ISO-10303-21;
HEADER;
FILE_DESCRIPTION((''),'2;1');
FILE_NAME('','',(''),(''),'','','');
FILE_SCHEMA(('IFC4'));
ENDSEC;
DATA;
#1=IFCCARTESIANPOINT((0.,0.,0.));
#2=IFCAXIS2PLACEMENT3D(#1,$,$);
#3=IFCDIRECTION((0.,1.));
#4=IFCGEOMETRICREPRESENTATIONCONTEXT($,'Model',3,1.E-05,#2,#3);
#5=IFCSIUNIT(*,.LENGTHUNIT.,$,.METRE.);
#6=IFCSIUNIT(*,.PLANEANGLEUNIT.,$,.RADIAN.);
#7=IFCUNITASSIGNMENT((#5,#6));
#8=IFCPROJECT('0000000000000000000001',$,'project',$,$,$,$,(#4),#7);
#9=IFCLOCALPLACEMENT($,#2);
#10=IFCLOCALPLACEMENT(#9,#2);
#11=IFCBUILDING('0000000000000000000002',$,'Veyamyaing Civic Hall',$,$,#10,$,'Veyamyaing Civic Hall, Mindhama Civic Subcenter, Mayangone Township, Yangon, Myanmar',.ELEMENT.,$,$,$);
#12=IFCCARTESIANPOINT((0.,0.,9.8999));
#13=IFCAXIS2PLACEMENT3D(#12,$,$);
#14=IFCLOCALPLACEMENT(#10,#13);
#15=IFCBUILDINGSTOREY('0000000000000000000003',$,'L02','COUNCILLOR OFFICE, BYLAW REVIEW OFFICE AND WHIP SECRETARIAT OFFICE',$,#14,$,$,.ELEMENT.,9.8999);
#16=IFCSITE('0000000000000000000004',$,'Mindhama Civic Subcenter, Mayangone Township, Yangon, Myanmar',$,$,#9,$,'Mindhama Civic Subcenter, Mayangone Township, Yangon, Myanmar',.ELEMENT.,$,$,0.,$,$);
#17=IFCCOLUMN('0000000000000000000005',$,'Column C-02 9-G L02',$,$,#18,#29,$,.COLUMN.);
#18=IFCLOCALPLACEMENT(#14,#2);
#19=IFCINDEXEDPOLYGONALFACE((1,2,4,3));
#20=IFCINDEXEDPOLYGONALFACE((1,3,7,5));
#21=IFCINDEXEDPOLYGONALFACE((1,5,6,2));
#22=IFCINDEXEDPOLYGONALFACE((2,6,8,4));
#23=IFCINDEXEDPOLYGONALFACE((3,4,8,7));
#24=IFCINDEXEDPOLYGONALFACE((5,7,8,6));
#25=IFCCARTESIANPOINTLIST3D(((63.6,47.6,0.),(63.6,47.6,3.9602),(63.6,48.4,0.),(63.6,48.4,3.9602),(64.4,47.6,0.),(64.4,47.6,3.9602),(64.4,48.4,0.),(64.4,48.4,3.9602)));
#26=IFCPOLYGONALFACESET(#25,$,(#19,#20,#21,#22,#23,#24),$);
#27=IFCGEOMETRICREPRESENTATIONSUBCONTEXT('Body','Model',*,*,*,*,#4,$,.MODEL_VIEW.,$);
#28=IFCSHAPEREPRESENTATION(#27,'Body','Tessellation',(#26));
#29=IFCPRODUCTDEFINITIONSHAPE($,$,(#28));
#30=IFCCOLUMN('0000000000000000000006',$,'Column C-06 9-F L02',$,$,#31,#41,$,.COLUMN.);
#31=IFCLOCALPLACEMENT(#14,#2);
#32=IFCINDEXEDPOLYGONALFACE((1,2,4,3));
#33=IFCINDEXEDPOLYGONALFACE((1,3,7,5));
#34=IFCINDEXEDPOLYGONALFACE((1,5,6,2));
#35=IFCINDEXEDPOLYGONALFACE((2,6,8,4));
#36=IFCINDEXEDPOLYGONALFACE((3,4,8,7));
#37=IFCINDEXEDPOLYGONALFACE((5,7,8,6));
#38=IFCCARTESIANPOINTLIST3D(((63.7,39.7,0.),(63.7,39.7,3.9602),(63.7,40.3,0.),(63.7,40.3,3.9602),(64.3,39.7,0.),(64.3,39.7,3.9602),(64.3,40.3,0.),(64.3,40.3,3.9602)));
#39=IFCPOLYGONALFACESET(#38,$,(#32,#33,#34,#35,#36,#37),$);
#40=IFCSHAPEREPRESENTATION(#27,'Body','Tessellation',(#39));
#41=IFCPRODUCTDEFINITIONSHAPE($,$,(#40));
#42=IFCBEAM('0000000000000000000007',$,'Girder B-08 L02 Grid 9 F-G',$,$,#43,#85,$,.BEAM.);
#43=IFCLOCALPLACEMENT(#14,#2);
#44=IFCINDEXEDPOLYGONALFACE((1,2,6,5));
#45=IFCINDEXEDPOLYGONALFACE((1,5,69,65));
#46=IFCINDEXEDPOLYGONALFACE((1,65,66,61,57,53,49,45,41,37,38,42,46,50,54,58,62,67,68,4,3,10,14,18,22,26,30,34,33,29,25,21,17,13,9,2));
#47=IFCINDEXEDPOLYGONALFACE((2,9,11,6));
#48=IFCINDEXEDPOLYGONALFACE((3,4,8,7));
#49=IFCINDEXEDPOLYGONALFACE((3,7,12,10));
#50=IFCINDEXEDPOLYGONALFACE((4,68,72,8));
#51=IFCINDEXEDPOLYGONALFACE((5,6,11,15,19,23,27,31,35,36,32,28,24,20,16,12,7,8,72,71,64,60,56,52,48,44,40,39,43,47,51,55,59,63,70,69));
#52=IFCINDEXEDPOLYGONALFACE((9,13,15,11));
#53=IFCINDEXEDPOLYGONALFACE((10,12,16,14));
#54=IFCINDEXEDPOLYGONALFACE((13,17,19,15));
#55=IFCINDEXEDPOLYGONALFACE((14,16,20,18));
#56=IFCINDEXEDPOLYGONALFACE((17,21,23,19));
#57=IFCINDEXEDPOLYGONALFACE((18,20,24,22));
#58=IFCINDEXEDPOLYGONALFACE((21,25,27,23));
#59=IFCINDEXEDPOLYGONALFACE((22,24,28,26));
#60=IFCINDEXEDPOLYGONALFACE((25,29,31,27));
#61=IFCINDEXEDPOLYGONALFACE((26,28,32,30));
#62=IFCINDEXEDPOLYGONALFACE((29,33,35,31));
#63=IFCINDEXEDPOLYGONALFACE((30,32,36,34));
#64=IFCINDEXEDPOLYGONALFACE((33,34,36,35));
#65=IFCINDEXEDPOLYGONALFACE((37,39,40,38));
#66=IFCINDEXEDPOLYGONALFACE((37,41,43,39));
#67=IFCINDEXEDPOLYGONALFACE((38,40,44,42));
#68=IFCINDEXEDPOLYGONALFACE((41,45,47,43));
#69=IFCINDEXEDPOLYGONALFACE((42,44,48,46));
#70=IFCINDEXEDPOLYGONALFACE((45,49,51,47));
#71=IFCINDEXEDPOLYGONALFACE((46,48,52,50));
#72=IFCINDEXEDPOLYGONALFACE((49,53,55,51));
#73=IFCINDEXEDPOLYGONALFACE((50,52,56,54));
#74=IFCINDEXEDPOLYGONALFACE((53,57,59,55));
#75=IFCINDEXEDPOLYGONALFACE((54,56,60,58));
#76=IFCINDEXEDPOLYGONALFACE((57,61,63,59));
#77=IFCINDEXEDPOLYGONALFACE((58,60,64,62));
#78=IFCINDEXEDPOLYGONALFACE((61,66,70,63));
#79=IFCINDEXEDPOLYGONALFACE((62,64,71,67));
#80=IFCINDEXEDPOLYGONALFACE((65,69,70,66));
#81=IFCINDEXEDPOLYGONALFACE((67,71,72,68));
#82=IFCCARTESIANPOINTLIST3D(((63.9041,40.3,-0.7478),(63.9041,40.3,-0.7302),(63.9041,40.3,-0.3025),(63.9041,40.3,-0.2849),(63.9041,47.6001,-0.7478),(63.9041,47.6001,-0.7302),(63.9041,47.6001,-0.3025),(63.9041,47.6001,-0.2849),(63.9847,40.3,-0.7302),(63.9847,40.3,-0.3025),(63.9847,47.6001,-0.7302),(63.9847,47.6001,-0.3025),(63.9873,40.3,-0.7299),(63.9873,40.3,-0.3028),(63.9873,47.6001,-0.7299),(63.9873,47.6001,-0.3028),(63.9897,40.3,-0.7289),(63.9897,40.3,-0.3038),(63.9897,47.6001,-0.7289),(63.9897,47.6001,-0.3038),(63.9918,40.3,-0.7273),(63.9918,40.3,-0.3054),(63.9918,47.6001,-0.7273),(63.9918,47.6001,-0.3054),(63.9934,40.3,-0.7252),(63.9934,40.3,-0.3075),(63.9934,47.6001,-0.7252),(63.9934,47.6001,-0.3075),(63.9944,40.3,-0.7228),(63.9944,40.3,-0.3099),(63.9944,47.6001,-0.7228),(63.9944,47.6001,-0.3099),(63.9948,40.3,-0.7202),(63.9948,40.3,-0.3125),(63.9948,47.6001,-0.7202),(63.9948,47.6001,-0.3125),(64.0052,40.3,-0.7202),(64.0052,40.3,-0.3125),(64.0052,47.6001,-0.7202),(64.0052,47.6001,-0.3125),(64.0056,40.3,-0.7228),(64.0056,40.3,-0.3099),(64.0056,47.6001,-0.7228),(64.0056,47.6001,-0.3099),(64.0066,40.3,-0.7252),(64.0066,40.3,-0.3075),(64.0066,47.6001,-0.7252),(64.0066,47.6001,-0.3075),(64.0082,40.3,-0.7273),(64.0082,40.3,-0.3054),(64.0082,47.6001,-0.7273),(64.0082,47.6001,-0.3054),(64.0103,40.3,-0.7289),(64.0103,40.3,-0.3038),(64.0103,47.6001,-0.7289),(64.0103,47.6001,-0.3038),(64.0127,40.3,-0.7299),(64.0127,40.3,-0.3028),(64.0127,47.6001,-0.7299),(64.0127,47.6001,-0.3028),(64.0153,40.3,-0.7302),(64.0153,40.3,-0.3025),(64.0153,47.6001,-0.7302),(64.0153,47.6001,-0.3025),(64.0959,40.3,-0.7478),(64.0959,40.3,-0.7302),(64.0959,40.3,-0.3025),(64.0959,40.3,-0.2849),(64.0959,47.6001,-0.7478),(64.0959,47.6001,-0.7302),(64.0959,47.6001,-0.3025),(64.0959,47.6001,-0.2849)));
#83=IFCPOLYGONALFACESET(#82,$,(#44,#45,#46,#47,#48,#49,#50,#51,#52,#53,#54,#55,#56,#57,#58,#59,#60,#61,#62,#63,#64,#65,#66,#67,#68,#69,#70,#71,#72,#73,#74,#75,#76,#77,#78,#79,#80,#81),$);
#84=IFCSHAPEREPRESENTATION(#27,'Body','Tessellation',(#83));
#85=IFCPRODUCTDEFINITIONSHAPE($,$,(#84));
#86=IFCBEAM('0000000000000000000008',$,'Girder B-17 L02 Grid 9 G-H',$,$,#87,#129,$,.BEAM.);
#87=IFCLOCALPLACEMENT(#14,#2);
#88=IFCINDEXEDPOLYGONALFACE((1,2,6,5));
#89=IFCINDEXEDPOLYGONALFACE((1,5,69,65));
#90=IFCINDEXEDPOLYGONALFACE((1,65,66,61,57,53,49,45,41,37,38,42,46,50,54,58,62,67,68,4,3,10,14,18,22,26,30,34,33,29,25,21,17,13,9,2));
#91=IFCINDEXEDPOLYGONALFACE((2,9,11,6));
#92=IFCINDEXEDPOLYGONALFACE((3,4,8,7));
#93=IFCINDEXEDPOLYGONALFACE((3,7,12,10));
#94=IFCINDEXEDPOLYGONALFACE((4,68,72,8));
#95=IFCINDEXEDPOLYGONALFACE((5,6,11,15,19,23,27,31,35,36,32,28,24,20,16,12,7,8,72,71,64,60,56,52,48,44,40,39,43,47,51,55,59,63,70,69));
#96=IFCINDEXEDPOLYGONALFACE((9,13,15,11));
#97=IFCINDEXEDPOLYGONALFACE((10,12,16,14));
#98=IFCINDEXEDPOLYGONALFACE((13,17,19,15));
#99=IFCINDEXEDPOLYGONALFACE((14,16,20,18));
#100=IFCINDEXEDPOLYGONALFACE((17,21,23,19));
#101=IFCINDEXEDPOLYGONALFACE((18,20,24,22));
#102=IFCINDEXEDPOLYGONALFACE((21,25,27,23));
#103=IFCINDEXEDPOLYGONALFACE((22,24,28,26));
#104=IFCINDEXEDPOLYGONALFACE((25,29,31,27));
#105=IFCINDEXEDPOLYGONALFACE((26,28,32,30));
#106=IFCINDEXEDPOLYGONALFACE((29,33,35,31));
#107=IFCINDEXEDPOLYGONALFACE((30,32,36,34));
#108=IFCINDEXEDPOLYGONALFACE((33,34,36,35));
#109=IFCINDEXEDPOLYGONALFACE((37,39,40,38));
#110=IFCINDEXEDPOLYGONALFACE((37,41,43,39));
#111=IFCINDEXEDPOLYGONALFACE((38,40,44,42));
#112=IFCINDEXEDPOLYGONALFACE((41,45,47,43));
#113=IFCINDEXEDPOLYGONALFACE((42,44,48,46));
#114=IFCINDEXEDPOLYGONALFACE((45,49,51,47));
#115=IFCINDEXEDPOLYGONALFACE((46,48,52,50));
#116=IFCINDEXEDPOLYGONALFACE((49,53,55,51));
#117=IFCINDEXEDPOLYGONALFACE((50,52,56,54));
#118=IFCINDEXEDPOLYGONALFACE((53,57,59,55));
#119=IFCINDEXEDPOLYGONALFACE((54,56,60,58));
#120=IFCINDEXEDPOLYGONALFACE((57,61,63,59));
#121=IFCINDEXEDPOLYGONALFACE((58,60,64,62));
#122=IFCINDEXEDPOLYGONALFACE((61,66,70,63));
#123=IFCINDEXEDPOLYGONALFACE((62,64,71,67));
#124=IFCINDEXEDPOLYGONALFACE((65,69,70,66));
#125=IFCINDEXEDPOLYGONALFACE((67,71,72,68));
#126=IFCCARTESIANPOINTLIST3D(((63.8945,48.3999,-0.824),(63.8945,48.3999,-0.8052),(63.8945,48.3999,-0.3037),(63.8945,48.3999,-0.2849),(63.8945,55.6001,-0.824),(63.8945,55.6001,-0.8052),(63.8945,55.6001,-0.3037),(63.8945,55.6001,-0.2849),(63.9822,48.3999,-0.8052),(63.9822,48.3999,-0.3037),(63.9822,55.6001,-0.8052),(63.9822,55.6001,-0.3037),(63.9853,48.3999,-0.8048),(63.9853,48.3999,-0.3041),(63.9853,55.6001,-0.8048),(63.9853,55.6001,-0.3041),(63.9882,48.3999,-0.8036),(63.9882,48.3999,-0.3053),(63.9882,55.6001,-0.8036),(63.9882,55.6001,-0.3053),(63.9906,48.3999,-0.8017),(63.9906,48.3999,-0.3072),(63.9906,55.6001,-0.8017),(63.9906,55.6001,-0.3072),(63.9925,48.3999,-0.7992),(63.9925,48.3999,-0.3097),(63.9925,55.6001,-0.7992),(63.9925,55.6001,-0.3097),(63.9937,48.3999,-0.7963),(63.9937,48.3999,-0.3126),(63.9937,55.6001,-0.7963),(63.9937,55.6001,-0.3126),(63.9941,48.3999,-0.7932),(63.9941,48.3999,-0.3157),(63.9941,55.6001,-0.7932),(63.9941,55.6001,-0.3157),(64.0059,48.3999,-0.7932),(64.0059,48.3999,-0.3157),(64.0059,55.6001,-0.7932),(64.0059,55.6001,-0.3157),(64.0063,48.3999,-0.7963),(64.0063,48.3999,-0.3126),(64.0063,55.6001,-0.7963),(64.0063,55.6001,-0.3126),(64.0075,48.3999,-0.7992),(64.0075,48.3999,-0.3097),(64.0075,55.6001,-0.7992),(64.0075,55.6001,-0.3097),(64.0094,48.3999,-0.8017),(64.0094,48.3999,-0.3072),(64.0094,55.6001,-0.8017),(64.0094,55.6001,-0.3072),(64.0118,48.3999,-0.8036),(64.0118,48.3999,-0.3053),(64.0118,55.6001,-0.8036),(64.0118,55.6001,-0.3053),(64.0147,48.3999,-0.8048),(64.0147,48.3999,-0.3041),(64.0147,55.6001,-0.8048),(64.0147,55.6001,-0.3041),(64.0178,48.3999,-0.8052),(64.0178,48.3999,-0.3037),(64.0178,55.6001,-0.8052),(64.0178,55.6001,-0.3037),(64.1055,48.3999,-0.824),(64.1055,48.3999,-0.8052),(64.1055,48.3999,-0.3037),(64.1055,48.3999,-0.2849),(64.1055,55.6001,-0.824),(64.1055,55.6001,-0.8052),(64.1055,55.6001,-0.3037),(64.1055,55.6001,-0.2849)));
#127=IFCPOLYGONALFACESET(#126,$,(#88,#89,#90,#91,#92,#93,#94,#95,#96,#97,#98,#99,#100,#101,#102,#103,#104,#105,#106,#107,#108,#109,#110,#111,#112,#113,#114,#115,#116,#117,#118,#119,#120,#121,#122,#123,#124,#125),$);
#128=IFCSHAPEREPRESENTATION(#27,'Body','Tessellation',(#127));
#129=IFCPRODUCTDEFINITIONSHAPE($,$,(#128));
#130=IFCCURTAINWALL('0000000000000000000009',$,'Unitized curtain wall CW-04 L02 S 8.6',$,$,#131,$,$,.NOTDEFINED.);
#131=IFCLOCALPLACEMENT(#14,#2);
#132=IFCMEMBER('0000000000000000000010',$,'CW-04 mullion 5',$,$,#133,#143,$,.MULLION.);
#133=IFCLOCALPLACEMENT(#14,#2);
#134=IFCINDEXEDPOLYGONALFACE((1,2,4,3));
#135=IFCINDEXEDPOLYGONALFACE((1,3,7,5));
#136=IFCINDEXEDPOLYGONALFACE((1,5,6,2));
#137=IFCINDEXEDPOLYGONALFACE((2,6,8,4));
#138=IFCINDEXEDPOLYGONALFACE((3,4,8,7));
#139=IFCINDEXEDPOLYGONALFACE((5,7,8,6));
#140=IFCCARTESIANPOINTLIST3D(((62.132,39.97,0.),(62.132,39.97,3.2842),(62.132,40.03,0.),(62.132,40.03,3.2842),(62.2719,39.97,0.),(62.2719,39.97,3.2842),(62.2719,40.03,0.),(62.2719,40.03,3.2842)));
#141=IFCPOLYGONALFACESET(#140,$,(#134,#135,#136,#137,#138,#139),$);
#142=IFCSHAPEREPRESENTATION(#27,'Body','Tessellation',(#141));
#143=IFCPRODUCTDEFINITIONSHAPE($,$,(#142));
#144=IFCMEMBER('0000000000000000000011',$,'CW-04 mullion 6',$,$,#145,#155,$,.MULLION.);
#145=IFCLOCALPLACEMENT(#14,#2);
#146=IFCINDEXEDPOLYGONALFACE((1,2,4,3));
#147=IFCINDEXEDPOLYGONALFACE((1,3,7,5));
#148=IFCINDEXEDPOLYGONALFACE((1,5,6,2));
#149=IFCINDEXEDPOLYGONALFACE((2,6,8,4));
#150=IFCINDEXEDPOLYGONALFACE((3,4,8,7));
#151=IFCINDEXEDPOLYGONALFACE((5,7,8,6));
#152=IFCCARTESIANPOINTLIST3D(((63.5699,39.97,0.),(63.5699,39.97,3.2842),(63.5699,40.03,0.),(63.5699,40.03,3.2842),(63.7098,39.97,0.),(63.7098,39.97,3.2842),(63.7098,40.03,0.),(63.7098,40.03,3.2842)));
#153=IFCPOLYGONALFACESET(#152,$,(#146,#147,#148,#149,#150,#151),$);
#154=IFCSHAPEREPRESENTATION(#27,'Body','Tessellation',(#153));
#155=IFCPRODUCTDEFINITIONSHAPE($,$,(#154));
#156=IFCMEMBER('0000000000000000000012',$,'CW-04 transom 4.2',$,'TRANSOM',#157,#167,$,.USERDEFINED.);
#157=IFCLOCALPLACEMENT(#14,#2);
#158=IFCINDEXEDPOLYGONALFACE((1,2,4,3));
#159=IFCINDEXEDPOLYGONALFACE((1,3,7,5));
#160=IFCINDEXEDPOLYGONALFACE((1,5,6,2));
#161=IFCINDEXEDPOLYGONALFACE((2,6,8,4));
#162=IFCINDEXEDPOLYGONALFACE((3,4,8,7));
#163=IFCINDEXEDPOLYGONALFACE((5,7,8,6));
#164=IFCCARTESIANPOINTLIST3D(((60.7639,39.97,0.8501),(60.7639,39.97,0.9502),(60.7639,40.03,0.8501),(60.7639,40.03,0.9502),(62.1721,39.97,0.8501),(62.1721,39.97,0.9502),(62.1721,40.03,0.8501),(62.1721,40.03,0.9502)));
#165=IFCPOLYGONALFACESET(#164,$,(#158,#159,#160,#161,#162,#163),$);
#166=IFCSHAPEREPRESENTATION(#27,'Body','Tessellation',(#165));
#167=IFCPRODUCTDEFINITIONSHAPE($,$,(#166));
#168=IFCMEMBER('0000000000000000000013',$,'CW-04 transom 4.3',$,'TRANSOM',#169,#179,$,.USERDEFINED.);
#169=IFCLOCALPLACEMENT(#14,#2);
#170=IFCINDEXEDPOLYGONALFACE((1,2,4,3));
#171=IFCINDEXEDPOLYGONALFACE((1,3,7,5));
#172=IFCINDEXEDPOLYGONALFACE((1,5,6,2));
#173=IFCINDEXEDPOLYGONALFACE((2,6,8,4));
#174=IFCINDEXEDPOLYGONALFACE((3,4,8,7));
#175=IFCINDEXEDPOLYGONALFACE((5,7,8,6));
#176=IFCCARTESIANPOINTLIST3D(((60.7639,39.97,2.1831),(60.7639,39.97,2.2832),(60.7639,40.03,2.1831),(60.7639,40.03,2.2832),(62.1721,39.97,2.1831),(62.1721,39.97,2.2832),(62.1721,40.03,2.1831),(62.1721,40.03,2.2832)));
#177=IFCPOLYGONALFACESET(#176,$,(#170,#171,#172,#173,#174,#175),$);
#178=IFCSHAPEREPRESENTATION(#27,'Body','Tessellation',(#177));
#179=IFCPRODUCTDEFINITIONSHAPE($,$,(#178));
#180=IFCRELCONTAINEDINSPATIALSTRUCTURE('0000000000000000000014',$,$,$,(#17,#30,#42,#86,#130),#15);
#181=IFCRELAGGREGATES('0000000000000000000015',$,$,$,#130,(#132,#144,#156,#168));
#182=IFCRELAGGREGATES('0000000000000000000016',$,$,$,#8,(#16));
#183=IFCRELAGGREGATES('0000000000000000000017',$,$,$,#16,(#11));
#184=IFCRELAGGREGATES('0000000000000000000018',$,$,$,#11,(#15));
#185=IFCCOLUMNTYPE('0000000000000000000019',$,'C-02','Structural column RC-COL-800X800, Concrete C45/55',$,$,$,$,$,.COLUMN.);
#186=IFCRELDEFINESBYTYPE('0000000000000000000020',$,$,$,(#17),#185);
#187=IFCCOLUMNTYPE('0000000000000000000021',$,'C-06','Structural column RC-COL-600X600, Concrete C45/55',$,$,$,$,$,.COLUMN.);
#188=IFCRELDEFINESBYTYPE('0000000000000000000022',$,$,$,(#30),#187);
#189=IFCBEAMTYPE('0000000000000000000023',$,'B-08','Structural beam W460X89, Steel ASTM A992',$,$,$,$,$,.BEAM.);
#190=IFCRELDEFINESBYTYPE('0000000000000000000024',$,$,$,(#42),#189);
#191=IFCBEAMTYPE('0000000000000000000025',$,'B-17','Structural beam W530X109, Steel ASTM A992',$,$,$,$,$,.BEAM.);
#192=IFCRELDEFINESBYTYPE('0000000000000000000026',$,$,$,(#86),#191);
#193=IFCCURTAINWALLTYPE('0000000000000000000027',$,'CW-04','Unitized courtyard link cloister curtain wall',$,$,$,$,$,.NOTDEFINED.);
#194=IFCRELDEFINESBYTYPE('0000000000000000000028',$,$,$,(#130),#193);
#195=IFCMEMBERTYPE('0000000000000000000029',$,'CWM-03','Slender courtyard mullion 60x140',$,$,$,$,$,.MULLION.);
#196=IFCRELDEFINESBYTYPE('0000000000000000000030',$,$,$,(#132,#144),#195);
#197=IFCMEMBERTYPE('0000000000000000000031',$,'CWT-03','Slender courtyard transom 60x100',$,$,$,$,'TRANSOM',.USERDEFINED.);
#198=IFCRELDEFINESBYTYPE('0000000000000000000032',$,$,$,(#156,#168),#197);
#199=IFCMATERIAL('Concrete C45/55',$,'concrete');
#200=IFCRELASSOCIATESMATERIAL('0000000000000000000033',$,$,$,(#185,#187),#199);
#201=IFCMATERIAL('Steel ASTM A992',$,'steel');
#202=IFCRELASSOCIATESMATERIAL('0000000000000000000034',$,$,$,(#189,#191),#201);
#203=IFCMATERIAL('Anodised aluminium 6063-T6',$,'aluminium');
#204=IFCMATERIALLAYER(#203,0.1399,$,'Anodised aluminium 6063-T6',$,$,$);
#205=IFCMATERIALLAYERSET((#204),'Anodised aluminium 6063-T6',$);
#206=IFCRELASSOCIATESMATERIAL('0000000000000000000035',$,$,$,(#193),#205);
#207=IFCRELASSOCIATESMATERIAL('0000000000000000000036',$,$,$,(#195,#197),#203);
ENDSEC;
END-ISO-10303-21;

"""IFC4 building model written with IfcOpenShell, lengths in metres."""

from ifc_helpers import new_model, si_unit, direction, frame, origin, origin_2d, place, context, subcontext, project, spatial, rectangle, i_section, extrude, material, layer, layer_set, material_profile, profile_set, type_object, element, aggregate, save


model = new_model("IFC4")

# Units and contexts
model_context = context("Model", 3, precision=1e-05, world=origin(), true_north=direction((0.0, 1.0)))
body_context = subcontext(model_context, "Body", "Model", "MODEL_VIEW")
ifc_project = project(units=[si_unit("LENGTHUNIT", "METRE"), si_unit("PLANEANGLEUNIT", "RADIAN")], contexts=[model_context])

# Site, building, storey
site_placement = place(None, origin())
site = spatial("IfcSite", under=ifc_project, at=site_placement, Name="Mindhama Civic Subcenter, Mayangone Township, Yangon, Myanmar", LongName="Mindhama Civic Subcenter, Mayangone Township, Yangon, Myanmar", CompositionType="ELEMENT", RefElevation=0.0)
building_placement = place(site_placement, origin())
building = spatial("IfcBuilding", under=site, at=building_placement, Name="Veyamyaing Civic Hall", LongName="Veyamyaing Civic Hall, Mindhama Civic Subcenter, Mayangone Township, Yangon, Myanmar", CompositionType="ELEMENT")
storey_placement = place(building_placement, frame((0.0, 0.0, 9.8999)))
storey = spatial("IfcBuildingStorey", under=building, at=storey_placement, Name="L02", Description="COUNCILLOR OFFICE, BYLAW REVIEW OFFICE AND WHIP SECRETARIAT OFFICE", CompositionType="ELEMENT", Elevation=9.8999)

# Columns
ifc_material_1 = material(Name="Concrete C45/55", Category="concrete")
ifc_material_profile_1 = material_profile(ifc_material_1, rectangle(XDim=0.8, YDim=0.8, at=origin_2d()), Name="RC-COL-800X800")
ifc_profile_set_1 = profile_set([ifc_material_profile_1], Name="Concrete C45/55")
column_type_1 = type_object("IfcColumnType", Name="C-02", Description="Structural column RC-COL-800X800, Concrete C45/55", PredefinedType="COLUMN", material=ifc_profile_set_1)
column_1_placement = place(storey_placement, frame((64.0, 48.0, 0.0), z_axis=(0.0, 0.0, 1.0), x_axis=(1.0, 0.0, 0.0)))
element("IfcColumn", 1, at=column_1_placement, inside=storey, type_object=column_type_1, Name="Column C-02 9-G L02", PredefinedType="COLUMN", context=body_context, shape_type="SweptSolid", body=[
    extrude(rectangle(XDim=0.8, YDim=0.8, at=origin_2d()), origin(), (0.0, 0.0, 1.0), 3.9602),
])
ifc_material_profile_2 = material_profile(ifc_material_1, rectangle(XDim=0.6001, YDim=0.6001, at=origin_2d()), Name="RC-COL-600X600")
ifc_profile_set_2 = profile_set([ifc_material_profile_2], Name="Concrete C45/55")
column_type_2 = type_object("IfcColumnType", Name="C-06", Description="Structural column RC-COL-600X600, Concrete C45/55", PredefinedType="COLUMN", material=ifc_profile_set_2)
column_2_placement = place(storey_placement, frame((64.0, 40.0, 0.0), z_axis=(0.0, 0.0, 1.0), x_axis=(1.0, 0.0, 0.0)))
element("IfcColumn", 2, at=column_2_placement, inside=storey, type_object=column_type_2, Name="Column C-06 9-F L02", PredefinedType="COLUMN", context=body_context, shape_type="SweptSolid", body=[
    extrude(rectangle(XDim=0.6001, YDim=0.6001, at=origin_2d()), origin(), (0.0, 0.0, 1.0), 3.9602),
])

# Beams
ifc_material_2 = material(Name="Steel ASTM A992", Category="steel")
ifc_material_profile_3 = material_profile(ifc_material_2, i_section(OverallWidth=0.1919, OverallDepth=0.4629, WebThickness=0.0105, FlangeThickness=0.0176, FilletRadius=0.01, at=origin_2d()), Name="W460X89")
ifc_profile_set_3 = profile_set([ifc_material_profile_3], Name="Steel ASTM A992")
beam_type_1 = type_object("IfcBeamType", Name="B-08", Description="Structural beam W460X89, Steel ASTM A992", PredefinedType="BEAM", material=ifc_profile_set_3)
beam_1_placement = place(storey_placement, frame((64.0, 40.3, -0.5164), z_axis=(0.0, 1.0, 0.0), x_axis=(-1.0, 0.0, 0.0)))
element("IfcBeam", 3, at=beam_1_placement, inside=storey, type_object=beam_type_1, Name="Girder B-08 L02 Grid 9 F-G", PredefinedType="BEAM", context=body_context, shape_type="SweptSolid", body=[
    extrude(i_section(OverallWidth=0.1919, OverallDepth=0.4629, WebThickness=0.0105, FlangeThickness=0.0176, FilletRadius=0.01, at=origin_2d()), origin(), (0.0, 0.0, 1.0), 7.3),
])
ifc_material_profile_4 = material_profile(ifc_material_2, i_section(OverallWidth=0.2109, OverallDepth=0.5391, WebThickness=0.0117, FlangeThickness=0.0188, FilletRadius=0.012, at=origin_2d()), Name="W530X109")
ifc_profile_set_4 = profile_set([ifc_material_profile_4], Name="Steel ASTM A992")
beam_type_2 = type_object("IfcBeamType", Name="B-17", Description="Structural beam W530X109, Steel ASTM A992", PredefinedType="BEAM", material=ifc_profile_set_4)
beam_2_placement = place(storey_placement, frame((64.0, 48.3999, -0.5544), z_axis=(0.0, 1.0, 0.0), x_axis=(-1.0, 0.0, 0.0)))
element("IfcBeam", 4, at=beam_2_placement, inside=storey, type_object=beam_type_2, Name="Girder B-17 L02 Grid 9 G-H", PredefinedType="BEAM", context=body_context, shape_type="SweptSolid", body=[
    extrude(i_section(OverallWidth=0.2109, OverallDepth=0.5391, WebThickness=0.0117, FlangeThickness=0.0188, FilletRadius=0.012, at=origin_2d()), origin(), (0.0, 0.0, 1.0), 7.2002),
])

# Curtain wall, members
ifc_material_3 = material(Name="Anodised aluminium 6063-T6", Category="aluminium")
ifc_layer_1 = layer(ifc_material_3, 0.1399, Name="Anodised aluminium 6063-T6")
ifc_layer_set_1 = layer_set([ifc_layer_1], Name="Anodised aluminium 6063-T6")
curtain_wall_type = type_object("IfcCurtainWallType", Name="CW-04", Description="Unitized courtyard link cloister curtain wall", PredefinedType="NOTDEFINED", material=ifc_layer_set_1)
curtain_wall_placement = place(storey_placement, origin())
curtain_wall = element("IfcCurtainWall", 5, at=curtain_wall_placement, inside=storey, type_object=curtain_wall_type, Name="Unitized curtain wall CW-04 L02 S 8.6", PredefinedType="NOTDEFINED")
ifc_material_profile_5 = material_profile(ifc_material_3, rectangle(XDim=0.0601, YDim=0.1399, at=origin_2d()), Name="ALU-MUL-60X140")
ifc_profile_set_5 = profile_set([ifc_material_profile_5], Name="Anodised aluminium 6063-T6")
member_type_1 = type_object("IfcMemberType", Name="CWM-03", Description="Slender courtyard mullion 60x140", PredefinedType="MULLION", material=ifc_profile_set_5)
member_1_placement = place(storey_placement, frame((62.2019, 40.0, 0.0), z_axis=(0.0, 0.0, 1.0), x_axis=(0.0, 1.0, 0.0)))
member_1 = element("IfcMember", 6, at=member_1_placement, type_object=member_type_1, Name="CW-04 mullion 5", PredefinedType="MULLION", context=body_context, shape_type="SweptSolid", body=[
    extrude(rectangle(XDim=0.0601, YDim=0.1399, at=origin_2d()), origin(), (0.0, 0.0, 1.0), 3.2842),
])
member_2_placement = place(storey_placement, frame((63.6399, 40.0, 0.0), z_axis=(0.0, 0.0, 1.0), x_axis=(0.0, 1.0, 0.0)))
member_2 = element("IfcMember", 7, at=member_2_placement, type_object=member_type_1, Name="CW-04 mullion 6", PredefinedType="MULLION", context=body_context, shape_type="SweptSolid", body=[
    extrude(rectangle(XDim=0.0601, YDim=0.1399, at=origin_2d()), origin(), (0.0, 0.0, 1.0), 3.2842),
])
ifc_material_profile_6 = material_profile(ifc_material_3, rectangle(XDim=0.0601, YDim=0.1001, at=origin_2d()), Name="ALU-TRN-60X100")
ifc_profile_set_6 = profile_set([ifc_material_profile_6], Name="Anodised aluminium 6063-T6")
member_type_2 = type_object("IfcMemberType", Name="CWT-03", Description="Slender courtyard transom 60x100", ElementType="TRANSOM", PredefinedType="USERDEFINED", material=ifc_profile_set_6)
member_3_placement = place(storey_placement, frame((60.7639, 40.0, 0.9001), z_axis=(1.0, 0.0, 0.0), x_axis=(0.0, 1.0, 0.0)))
member_3 = element("IfcMember", 8, at=member_3_placement, type_object=member_type_2, Name="CW-04 transom 4.2", ObjectType="TRANSOM", PredefinedType="USERDEFINED", context=body_context, shape_type="SweptSolid", body=[
    extrude(rectangle(XDim=0.0601, YDim=0.1001, at=origin_2d()), origin(), (0.0, 0.0, 1.0), 1.4082),
])
member_4_placement = place(storey_placement, frame((60.7639, 40.0, 2.2332), z_axis=(1.0, 0.0, 0.0), x_axis=(0.0, 1.0, 0.0)))
member_4 = element("IfcMember", 9, at=member_4_placement, type_object=member_type_2, Name="CW-04 transom 4.3", ObjectType="TRANSOM", PredefinedType="USERDEFINED", context=body_context, shape_type="SweptSolid", body=[
    extrude(rectangle(XDim=0.0601, YDim=0.1001, at=origin_2d()), origin(), (0.0, 0.0, 1.0), 1.4082),
])
aggregate(curtain_wall, [member_1, member_2, member_3, member_4])

save(model, "model.ifc")
